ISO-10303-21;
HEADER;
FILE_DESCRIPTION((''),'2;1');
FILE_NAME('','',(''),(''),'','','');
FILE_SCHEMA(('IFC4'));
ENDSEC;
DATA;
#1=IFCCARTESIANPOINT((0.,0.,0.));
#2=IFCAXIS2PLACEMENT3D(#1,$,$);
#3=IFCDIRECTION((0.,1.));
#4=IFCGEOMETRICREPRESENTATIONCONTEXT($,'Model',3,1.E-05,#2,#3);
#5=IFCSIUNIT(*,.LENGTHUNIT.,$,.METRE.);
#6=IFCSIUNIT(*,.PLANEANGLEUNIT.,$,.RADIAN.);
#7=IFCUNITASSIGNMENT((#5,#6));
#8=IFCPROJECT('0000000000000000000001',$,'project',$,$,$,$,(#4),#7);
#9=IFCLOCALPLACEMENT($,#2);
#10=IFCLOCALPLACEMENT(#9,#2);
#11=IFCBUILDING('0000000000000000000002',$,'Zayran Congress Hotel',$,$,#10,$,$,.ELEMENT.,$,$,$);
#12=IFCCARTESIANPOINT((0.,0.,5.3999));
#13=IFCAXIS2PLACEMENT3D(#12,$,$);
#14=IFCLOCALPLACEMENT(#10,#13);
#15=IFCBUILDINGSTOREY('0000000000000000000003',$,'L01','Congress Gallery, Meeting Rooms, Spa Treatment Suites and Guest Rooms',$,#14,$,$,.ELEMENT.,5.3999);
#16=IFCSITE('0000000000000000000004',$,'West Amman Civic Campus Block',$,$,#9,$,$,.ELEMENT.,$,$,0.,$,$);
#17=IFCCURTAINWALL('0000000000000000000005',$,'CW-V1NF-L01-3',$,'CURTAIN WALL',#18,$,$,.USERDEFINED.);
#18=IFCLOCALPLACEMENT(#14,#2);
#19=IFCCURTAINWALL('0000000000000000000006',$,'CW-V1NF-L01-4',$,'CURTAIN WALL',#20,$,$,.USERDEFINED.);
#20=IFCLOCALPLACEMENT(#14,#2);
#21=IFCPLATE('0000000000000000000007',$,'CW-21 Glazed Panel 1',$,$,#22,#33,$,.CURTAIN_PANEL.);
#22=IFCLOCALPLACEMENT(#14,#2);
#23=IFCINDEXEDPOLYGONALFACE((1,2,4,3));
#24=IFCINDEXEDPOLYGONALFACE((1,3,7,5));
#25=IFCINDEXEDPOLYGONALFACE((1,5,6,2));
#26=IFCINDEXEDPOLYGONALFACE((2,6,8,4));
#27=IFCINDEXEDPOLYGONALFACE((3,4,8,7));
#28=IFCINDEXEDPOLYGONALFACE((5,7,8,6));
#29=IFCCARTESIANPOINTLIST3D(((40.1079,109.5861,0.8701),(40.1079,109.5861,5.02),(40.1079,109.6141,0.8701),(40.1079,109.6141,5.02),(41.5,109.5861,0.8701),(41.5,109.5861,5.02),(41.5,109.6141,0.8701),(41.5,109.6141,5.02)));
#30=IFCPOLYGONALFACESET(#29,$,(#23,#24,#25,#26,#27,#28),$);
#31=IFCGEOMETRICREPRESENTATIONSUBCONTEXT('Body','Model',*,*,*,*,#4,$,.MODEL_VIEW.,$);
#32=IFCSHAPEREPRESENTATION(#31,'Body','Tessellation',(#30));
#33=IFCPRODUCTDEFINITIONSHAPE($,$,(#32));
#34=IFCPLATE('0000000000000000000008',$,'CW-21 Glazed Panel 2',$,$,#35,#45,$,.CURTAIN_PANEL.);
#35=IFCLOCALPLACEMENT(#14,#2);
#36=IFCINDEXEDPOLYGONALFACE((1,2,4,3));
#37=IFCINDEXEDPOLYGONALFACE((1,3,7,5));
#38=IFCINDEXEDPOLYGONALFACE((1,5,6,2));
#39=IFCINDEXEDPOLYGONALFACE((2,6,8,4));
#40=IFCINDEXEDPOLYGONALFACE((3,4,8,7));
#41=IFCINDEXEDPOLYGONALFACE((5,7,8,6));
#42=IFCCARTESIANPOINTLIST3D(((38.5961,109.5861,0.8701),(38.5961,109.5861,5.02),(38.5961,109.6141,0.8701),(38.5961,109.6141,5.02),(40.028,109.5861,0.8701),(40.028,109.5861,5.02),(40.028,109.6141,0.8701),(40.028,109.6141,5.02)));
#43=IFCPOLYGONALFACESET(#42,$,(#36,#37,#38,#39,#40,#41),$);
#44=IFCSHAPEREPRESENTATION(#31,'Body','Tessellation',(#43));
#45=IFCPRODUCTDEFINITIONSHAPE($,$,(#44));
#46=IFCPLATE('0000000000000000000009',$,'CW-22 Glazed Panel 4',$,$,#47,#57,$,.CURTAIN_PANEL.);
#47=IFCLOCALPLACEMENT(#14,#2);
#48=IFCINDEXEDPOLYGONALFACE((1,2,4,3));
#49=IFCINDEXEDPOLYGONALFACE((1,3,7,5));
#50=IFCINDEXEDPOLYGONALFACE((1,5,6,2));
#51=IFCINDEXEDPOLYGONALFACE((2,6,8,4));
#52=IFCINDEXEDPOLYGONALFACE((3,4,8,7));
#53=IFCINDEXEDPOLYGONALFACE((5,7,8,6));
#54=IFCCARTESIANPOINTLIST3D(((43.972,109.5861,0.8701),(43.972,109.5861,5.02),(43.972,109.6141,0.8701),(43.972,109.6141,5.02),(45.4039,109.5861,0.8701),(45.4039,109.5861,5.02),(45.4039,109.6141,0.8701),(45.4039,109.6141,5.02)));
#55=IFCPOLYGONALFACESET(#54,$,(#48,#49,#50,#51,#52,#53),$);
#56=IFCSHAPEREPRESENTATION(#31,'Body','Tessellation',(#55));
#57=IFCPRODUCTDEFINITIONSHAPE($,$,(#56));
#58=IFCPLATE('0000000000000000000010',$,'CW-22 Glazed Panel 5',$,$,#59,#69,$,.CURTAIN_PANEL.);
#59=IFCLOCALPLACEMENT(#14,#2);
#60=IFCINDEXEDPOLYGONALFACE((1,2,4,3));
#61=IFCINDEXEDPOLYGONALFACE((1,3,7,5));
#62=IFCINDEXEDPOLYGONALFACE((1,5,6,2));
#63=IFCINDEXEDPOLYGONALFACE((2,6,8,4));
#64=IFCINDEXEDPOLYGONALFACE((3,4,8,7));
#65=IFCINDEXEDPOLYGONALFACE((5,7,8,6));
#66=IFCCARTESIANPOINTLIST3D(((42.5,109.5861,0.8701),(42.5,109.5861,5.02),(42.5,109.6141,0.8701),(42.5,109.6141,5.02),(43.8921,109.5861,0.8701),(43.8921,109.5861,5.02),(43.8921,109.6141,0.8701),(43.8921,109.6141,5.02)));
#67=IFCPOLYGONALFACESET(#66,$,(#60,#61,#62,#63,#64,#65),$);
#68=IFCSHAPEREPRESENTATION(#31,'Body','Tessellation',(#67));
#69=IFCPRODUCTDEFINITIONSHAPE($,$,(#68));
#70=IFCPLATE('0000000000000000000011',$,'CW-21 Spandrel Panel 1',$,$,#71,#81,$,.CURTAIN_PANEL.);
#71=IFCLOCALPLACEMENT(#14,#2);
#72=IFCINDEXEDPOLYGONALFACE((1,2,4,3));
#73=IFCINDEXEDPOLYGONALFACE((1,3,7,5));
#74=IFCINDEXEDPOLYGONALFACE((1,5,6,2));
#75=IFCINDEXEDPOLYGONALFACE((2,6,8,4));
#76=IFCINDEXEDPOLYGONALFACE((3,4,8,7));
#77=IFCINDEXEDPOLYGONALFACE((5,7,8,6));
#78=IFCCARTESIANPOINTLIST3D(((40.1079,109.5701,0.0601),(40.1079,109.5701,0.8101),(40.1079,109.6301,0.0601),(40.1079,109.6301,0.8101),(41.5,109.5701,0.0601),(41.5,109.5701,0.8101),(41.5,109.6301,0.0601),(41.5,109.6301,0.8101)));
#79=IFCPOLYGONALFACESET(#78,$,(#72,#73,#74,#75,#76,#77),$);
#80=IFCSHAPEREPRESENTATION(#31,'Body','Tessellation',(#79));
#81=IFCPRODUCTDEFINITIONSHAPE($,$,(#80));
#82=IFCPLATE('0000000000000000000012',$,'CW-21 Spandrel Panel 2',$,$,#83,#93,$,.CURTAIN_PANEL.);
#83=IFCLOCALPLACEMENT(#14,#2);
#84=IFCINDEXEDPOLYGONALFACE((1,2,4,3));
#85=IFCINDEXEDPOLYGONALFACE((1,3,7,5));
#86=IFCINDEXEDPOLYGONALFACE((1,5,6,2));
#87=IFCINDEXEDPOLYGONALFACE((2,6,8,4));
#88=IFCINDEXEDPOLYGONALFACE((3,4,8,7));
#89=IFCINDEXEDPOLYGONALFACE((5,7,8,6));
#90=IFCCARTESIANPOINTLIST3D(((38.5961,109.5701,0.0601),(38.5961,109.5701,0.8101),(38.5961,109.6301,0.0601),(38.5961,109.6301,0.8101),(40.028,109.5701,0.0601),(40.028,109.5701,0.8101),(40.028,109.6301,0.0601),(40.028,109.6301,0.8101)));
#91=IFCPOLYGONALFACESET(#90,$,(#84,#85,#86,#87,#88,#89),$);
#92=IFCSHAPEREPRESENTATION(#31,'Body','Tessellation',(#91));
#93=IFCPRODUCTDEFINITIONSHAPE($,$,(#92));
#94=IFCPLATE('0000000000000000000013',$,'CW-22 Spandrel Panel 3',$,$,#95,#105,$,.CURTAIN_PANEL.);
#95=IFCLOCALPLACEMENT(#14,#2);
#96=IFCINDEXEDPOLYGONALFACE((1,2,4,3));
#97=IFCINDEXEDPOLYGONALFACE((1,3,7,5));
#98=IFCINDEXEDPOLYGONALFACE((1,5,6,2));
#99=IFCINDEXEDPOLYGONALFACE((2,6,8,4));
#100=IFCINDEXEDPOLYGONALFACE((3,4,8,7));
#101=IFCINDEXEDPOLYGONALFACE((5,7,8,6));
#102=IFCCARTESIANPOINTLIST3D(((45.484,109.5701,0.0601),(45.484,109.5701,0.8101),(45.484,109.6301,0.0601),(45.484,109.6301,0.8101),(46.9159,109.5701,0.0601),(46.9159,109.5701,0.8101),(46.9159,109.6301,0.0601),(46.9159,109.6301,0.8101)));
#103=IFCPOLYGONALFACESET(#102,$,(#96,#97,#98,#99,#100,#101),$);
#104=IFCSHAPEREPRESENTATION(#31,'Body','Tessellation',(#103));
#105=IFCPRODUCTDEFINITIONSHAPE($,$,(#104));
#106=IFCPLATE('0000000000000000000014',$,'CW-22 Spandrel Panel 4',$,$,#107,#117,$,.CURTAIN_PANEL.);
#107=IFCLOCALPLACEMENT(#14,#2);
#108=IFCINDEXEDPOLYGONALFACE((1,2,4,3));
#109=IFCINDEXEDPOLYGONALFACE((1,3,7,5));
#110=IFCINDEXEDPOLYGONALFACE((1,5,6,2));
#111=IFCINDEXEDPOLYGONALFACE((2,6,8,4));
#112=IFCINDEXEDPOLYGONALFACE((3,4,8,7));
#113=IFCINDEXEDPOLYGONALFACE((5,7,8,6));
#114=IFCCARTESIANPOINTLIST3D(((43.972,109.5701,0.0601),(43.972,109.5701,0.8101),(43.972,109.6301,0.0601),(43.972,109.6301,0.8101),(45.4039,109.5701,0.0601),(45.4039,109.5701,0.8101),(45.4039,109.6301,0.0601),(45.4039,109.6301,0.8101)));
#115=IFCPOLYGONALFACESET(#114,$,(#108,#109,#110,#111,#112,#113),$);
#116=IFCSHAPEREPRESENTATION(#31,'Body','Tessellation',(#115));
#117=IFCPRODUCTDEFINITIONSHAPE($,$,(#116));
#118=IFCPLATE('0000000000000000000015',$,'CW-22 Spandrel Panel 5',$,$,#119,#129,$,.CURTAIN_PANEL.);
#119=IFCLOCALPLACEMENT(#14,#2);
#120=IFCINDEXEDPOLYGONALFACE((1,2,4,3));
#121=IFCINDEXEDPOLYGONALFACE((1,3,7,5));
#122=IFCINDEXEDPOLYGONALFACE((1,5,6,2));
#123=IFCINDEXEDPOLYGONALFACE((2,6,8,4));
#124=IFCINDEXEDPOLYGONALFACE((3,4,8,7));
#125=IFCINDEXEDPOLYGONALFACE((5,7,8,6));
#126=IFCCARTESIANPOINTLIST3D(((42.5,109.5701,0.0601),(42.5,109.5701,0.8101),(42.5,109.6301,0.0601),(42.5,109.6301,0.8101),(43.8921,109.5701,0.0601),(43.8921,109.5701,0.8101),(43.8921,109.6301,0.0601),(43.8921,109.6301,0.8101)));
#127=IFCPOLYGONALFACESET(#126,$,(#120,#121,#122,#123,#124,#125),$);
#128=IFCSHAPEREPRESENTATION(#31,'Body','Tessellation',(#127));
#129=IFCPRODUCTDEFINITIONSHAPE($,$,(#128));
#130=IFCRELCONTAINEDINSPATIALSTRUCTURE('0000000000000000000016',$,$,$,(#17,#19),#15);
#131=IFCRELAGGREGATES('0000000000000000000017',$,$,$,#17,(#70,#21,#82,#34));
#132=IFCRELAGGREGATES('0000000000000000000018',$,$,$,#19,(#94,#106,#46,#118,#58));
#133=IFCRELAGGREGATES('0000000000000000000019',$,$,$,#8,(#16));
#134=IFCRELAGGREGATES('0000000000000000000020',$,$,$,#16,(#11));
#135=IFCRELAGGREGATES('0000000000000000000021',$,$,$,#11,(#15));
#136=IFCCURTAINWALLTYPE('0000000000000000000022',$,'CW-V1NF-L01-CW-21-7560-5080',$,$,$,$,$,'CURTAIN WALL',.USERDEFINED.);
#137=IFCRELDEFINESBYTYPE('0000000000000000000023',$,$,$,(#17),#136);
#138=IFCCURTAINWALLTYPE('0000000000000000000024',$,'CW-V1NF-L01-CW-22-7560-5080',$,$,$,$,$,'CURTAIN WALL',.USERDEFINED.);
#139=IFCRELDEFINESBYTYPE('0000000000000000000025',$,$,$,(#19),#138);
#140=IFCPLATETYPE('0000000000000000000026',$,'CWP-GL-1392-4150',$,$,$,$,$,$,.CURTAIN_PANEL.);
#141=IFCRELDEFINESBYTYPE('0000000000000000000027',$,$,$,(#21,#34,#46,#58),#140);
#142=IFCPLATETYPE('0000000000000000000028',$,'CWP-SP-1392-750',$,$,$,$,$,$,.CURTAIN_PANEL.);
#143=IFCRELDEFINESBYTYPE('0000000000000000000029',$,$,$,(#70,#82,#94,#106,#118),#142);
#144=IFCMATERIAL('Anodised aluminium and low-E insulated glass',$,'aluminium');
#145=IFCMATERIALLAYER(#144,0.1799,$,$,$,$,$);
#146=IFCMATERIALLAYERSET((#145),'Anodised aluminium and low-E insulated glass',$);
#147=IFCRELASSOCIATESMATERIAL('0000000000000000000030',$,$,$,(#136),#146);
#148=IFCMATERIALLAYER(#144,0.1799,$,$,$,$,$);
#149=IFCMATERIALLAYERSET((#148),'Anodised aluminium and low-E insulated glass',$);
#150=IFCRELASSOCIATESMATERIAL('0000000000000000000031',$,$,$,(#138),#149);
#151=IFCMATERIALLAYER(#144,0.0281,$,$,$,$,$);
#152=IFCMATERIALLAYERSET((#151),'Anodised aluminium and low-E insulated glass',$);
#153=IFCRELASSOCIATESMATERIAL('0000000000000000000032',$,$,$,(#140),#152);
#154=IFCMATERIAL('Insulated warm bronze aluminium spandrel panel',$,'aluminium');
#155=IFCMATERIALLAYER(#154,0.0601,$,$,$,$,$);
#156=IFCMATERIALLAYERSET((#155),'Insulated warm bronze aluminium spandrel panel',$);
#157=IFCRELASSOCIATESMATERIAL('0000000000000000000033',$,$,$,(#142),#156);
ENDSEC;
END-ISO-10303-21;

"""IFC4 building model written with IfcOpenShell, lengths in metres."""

from ifc_helpers import new_model, si_unit, direction, frame, origin, origin_2d, place, context, subcontext, project, spatial, rectangle, extrude, material, layer, layer_set, type_object, element, aggregate, save


model = new_model("IFC4")

# Units and contexts
model_context = context("Model", 3, precision=1e-05, world=origin(), true_north=direction((0.0, 1.0)))
body_context = subcontext(model_context, "Body", "Model", "MODEL_VIEW")
ifc_project = project(units=[si_unit("LENGTHUNIT", "METRE"), si_unit("PLANEANGLEUNIT", "RADIAN")], contexts=[model_context])

# Site, building, storey
site_placement = place(None, origin())
site = spatial("IfcSite", under=ifc_project, at=site_placement, Name="West Amman Civic Campus Block", CompositionType="ELEMENT", RefElevation=0.0)
building_placement = place(site_placement, origin())
building = spatial("IfcBuilding", under=site, at=building_placement, Name="Zayran Congress Hotel", CompositionType="ELEMENT")
storey_placement = place(building_placement, frame((0.0, 0.0, 5.3999)))
storey = spatial("IfcBuildingStorey", under=building, at=storey_placement, Name="L01", Description="Congress Gallery, Meeting Rooms, Spa Treatment Suites and Guest Rooms", CompositionType="ELEMENT", Elevation=5.3999)

# Curtain walls
ifc_material_1 = material(Name="Anodised aluminium and low-E insulated glass", Category="aluminium")
ifc_layer_1 = layer(ifc_material_1, 0.1799)
ifc_layer_set_1 = layer_set([ifc_layer_1], Name="Anodised aluminium and low-E insulated glass")
curtain_wall_type_1 = type_object("IfcCurtainWallType", Name="CW-V1NF-L01-CW-21-7560-5080", ElementType="CURTAIN WALL", PredefinedType="USERDEFINED", material=ifc_layer_set_1)
curtain_wall_1_placement = place(storey_placement, origin())
curtain_wall_1 = element("IfcCurtainWall", 1, at=curtain_wall_1_placement, inside=storey, type_object=curtain_wall_type_1, Name="CW-V1NF-L01-3", ObjectType="CURTAIN WALL", PredefinedType="USERDEFINED")
ifc_layer_2 = layer(ifc_material_1, 0.1799)
ifc_layer_set_2 = layer_set([ifc_layer_2], Name="Anodised aluminium and low-E insulated glass")
curtain_wall_type_2 = type_object("IfcCurtainWallType", Name="CW-V1NF-L01-CW-22-7560-5080", ElementType="CURTAIN WALL", PredefinedType="USERDEFINED", material=ifc_layer_set_2)
curtain_wall_2_placement = place(storey_placement, origin())
curtain_wall_2 = element("IfcCurtainWall", 2, at=curtain_wall_2_placement, inside=storey, type_object=curtain_wall_type_2, Name="CW-V1NF-L01-4", ObjectType="CURTAIN WALL", PredefinedType="USERDEFINED")

# Plates
ifc_layer_3 = layer(ifc_material_1, 0.0281)
ifc_layer_set_3 = layer_set([ifc_layer_3], Name="Anodised aluminium and low-E insulated glass")
plate_type_1 = type_object("IfcPlateType", Name="CWP-GL-1392-4150", PredefinedType="CURTAIN_PANEL", material=ifc_layer_set_3)
plate_1_placement = place(storey_placement, frame((40.804, 109.6001, 0.8701), z_axis=(0.0, 0.0, 1.0), x_axis=(1.0, 0.0, 0.0)))
plate_1 = element("IfcPlate", 3, at=plate_1_placement, type_object=plate_type_1, Name="CW-21 Glazed Panel 1", PredefinedType="CURTAIN_PANEL", context=body_context, shape_type="SweptSolid", body=[
    extrude(rectangle(XDim=1.3921, YDim=0.0281, at=origin_2d()), origin(), (0.0, 0.0, 1.0), 4.1499),
])
plate_2_placement = place(storey_placement, frame((39.312, 109.6001, 0.8701), z_axis=(0.0, 0.0, 1.0), x_axis=(1.0, 0.0, 0.0)))
plate_2 = element("IfcPlate", 4, at=plate_2_placement, type_object=plate_type_1, Name="CW-21 Glazed Panel 2", PredefinedType="CURTAIN_PANEL", context=body_context, shape_type="SweptSolid", body=[
    extrude(rectangle(XDim=1.4319, YDim=0.0281, at=origin_2d()), origin(), (0.0, 0.0, 1.0), 4.1499),
])
plate_3_placement = place(storey_placement, frame((44.688, 109.6001, 0.8701), z_axis=(0.0, 0.0, 1.0), x_axis=(1.0, 0.0, 0.0)))
plate_3 = element("IfcPlate", 5, at=plate_3_placement, type_object=plate_type_1, Name="CW-22 Glazed Panel 4", PredefinedType="CURTAIN_PANEL", context=body_context, shape_type="SweptSolid", body=[
    extrude(rectangle(XDim=1.4319, YDim=0.0281, at=origin_2d()), origin(), (0.0, 0.0, 1.0), 4.1499),
])
plate_4_placement = place(storey_placement, frame((43.196, 109.6001, 0.8701), z_axis=(0.0, 0.0, 1.0), x_axis=(1.0, 0.0, 0.0)))
plate_4 = element("IfcPlate", 6, at=plate_4_placement, type_object=plate_type_1, Name="CW-22 Glazed Panel 5", PredefinedType="CURTAIN_PANEL", context=body_context, shape_type="SweptSolid", body=[
    extrude(rectangle(XDim=1.3921, YDim=0.0281, at=origin_2d()), origin(), (0.0, 0.0, 1.0), 4.1499),
])
ifc_material_2 = material(Name="Insulated warm bronze aluminium spandrel panel", Category="aluminium")
ifc_layer_4 = layer(ifc_material_2, 0.0601)
ifc_layer_set_4 = layer_set([ifc_layer_4], Name="Insulated warm bronze aluminium spandrel panel")
plate_type_2 = type_object("IfcPlateType", Name="CWP-SP-1392-750", PredefinedType="CURTAIN_PANEL", material=ifc_layer_set_4)
plate_5_placement = place(storey_placement, frame((40.804, 109.6001, 0.0601), z_axis=(0.0, 0.0, 1.0), x_axis=(1.0, 0.0, 0.0)))
plate_5 = element("IfcPlate", 7, at=plate_5_placement, type_object=plate_type_2, Name="CW-21 Spandrel Panel 1", PredefinedType="CURTAIN_PANEL", context=body_context, shape_type="SweptSolid", body=[
    extrude(rectangle(XDim=1.3921, YDim=0.0601, at=origin_2d()), origin(), (0.0, 0.0, 1.0), 0.75),
])
plate_6_placement = place(storey_placement, frame((39.312, 109.6001, 0.0601), z_axis=(0.0, 0.0, 1.0), x_axis=(1.0, 0.0, 0.0)))
plate_6 = element("IfcPlate", 8, at=plate_6_placement, type_object=plate_type_2, Name="CW-21 Spandrel Panel 2", PredefinedType="CURTAIN_PANEL", context=body_context, shape_type="SweptSolid", body=[
    extrude(rectangle(XDim=1.4319, YDim=0.0601, at=origin_2d()), origin(), (0.0, 0.0, 1.0), 0.75),
])
aggregate(curtain_wall_1, [plate_5, plate_1, plate_6, plate_2])
plate_7_placement = place(storey_placement, frame((46.2, 109.6001, 0.0601), z_axis=(0.0, 0.0, 1.0), x_axis=(1.0, 0.0, 0.0)))
plate_7 = element("IfcPlate", 9, at=plate_7_placement, type_object=plate_type_2, Name="CW-22 Spandrel Panel 3", PredefinedType="CURTAIN_PANEL", context=body_context, shape_type="SweptSolid", body=[
    extrude(rectangle(XDim=1.4319, YDim=0.0601, at=origin_2d()), origin(), (0.0, 0.0, 1.0), 0.75),
])
plate_8_placement = place(storey_placement, frame((44.688, 109.6001, 0.0601), z_axis=(0.0, 0.0, 1.0), x_axis=(1.0, 0.0, 0.0)))
plate_8 = element("IfcPlate", 10, at=plate_8_placement, type_object=plate_type_2, Name="CW-22 Spandrel Panel 4", PredefinedType="CURTAIN_PANEL", context=body_context, shape_type="SweptSolid", body=[
    extrude(rectangle(XDim=1.4319, YDim=0.0601, at=origin_2d()), origin(), (0.0, 0.0, 1.0), 0.75),
])
plate_9_placement = place(storey_placement, frame((43.196, 109.6001, 0.0601), z_axis=(0.0, 0.0, 1.0), x_axis=(1.0, 0.0, 0.0)))
plate_9 = element("IfcPlate", 11, at=plate_9_placement, type_object=plate_type_2, Name="CW-22 Spandrel Panel 5", PredefinedType="CURTAIN_PANEL", context=body_context, shape_type="SweptSolid", body=[
    extrude(rectangle(XDim=1.3921, YDim=0.0601, at=origin_2d()), origin(), (0.0, 0.0, 1.0), 0.75),
])
aggregate(curtain_wall_2, [plate_7, plate_8, plate_3, plate_9, plate_4])

save(model, "model.ifc")
